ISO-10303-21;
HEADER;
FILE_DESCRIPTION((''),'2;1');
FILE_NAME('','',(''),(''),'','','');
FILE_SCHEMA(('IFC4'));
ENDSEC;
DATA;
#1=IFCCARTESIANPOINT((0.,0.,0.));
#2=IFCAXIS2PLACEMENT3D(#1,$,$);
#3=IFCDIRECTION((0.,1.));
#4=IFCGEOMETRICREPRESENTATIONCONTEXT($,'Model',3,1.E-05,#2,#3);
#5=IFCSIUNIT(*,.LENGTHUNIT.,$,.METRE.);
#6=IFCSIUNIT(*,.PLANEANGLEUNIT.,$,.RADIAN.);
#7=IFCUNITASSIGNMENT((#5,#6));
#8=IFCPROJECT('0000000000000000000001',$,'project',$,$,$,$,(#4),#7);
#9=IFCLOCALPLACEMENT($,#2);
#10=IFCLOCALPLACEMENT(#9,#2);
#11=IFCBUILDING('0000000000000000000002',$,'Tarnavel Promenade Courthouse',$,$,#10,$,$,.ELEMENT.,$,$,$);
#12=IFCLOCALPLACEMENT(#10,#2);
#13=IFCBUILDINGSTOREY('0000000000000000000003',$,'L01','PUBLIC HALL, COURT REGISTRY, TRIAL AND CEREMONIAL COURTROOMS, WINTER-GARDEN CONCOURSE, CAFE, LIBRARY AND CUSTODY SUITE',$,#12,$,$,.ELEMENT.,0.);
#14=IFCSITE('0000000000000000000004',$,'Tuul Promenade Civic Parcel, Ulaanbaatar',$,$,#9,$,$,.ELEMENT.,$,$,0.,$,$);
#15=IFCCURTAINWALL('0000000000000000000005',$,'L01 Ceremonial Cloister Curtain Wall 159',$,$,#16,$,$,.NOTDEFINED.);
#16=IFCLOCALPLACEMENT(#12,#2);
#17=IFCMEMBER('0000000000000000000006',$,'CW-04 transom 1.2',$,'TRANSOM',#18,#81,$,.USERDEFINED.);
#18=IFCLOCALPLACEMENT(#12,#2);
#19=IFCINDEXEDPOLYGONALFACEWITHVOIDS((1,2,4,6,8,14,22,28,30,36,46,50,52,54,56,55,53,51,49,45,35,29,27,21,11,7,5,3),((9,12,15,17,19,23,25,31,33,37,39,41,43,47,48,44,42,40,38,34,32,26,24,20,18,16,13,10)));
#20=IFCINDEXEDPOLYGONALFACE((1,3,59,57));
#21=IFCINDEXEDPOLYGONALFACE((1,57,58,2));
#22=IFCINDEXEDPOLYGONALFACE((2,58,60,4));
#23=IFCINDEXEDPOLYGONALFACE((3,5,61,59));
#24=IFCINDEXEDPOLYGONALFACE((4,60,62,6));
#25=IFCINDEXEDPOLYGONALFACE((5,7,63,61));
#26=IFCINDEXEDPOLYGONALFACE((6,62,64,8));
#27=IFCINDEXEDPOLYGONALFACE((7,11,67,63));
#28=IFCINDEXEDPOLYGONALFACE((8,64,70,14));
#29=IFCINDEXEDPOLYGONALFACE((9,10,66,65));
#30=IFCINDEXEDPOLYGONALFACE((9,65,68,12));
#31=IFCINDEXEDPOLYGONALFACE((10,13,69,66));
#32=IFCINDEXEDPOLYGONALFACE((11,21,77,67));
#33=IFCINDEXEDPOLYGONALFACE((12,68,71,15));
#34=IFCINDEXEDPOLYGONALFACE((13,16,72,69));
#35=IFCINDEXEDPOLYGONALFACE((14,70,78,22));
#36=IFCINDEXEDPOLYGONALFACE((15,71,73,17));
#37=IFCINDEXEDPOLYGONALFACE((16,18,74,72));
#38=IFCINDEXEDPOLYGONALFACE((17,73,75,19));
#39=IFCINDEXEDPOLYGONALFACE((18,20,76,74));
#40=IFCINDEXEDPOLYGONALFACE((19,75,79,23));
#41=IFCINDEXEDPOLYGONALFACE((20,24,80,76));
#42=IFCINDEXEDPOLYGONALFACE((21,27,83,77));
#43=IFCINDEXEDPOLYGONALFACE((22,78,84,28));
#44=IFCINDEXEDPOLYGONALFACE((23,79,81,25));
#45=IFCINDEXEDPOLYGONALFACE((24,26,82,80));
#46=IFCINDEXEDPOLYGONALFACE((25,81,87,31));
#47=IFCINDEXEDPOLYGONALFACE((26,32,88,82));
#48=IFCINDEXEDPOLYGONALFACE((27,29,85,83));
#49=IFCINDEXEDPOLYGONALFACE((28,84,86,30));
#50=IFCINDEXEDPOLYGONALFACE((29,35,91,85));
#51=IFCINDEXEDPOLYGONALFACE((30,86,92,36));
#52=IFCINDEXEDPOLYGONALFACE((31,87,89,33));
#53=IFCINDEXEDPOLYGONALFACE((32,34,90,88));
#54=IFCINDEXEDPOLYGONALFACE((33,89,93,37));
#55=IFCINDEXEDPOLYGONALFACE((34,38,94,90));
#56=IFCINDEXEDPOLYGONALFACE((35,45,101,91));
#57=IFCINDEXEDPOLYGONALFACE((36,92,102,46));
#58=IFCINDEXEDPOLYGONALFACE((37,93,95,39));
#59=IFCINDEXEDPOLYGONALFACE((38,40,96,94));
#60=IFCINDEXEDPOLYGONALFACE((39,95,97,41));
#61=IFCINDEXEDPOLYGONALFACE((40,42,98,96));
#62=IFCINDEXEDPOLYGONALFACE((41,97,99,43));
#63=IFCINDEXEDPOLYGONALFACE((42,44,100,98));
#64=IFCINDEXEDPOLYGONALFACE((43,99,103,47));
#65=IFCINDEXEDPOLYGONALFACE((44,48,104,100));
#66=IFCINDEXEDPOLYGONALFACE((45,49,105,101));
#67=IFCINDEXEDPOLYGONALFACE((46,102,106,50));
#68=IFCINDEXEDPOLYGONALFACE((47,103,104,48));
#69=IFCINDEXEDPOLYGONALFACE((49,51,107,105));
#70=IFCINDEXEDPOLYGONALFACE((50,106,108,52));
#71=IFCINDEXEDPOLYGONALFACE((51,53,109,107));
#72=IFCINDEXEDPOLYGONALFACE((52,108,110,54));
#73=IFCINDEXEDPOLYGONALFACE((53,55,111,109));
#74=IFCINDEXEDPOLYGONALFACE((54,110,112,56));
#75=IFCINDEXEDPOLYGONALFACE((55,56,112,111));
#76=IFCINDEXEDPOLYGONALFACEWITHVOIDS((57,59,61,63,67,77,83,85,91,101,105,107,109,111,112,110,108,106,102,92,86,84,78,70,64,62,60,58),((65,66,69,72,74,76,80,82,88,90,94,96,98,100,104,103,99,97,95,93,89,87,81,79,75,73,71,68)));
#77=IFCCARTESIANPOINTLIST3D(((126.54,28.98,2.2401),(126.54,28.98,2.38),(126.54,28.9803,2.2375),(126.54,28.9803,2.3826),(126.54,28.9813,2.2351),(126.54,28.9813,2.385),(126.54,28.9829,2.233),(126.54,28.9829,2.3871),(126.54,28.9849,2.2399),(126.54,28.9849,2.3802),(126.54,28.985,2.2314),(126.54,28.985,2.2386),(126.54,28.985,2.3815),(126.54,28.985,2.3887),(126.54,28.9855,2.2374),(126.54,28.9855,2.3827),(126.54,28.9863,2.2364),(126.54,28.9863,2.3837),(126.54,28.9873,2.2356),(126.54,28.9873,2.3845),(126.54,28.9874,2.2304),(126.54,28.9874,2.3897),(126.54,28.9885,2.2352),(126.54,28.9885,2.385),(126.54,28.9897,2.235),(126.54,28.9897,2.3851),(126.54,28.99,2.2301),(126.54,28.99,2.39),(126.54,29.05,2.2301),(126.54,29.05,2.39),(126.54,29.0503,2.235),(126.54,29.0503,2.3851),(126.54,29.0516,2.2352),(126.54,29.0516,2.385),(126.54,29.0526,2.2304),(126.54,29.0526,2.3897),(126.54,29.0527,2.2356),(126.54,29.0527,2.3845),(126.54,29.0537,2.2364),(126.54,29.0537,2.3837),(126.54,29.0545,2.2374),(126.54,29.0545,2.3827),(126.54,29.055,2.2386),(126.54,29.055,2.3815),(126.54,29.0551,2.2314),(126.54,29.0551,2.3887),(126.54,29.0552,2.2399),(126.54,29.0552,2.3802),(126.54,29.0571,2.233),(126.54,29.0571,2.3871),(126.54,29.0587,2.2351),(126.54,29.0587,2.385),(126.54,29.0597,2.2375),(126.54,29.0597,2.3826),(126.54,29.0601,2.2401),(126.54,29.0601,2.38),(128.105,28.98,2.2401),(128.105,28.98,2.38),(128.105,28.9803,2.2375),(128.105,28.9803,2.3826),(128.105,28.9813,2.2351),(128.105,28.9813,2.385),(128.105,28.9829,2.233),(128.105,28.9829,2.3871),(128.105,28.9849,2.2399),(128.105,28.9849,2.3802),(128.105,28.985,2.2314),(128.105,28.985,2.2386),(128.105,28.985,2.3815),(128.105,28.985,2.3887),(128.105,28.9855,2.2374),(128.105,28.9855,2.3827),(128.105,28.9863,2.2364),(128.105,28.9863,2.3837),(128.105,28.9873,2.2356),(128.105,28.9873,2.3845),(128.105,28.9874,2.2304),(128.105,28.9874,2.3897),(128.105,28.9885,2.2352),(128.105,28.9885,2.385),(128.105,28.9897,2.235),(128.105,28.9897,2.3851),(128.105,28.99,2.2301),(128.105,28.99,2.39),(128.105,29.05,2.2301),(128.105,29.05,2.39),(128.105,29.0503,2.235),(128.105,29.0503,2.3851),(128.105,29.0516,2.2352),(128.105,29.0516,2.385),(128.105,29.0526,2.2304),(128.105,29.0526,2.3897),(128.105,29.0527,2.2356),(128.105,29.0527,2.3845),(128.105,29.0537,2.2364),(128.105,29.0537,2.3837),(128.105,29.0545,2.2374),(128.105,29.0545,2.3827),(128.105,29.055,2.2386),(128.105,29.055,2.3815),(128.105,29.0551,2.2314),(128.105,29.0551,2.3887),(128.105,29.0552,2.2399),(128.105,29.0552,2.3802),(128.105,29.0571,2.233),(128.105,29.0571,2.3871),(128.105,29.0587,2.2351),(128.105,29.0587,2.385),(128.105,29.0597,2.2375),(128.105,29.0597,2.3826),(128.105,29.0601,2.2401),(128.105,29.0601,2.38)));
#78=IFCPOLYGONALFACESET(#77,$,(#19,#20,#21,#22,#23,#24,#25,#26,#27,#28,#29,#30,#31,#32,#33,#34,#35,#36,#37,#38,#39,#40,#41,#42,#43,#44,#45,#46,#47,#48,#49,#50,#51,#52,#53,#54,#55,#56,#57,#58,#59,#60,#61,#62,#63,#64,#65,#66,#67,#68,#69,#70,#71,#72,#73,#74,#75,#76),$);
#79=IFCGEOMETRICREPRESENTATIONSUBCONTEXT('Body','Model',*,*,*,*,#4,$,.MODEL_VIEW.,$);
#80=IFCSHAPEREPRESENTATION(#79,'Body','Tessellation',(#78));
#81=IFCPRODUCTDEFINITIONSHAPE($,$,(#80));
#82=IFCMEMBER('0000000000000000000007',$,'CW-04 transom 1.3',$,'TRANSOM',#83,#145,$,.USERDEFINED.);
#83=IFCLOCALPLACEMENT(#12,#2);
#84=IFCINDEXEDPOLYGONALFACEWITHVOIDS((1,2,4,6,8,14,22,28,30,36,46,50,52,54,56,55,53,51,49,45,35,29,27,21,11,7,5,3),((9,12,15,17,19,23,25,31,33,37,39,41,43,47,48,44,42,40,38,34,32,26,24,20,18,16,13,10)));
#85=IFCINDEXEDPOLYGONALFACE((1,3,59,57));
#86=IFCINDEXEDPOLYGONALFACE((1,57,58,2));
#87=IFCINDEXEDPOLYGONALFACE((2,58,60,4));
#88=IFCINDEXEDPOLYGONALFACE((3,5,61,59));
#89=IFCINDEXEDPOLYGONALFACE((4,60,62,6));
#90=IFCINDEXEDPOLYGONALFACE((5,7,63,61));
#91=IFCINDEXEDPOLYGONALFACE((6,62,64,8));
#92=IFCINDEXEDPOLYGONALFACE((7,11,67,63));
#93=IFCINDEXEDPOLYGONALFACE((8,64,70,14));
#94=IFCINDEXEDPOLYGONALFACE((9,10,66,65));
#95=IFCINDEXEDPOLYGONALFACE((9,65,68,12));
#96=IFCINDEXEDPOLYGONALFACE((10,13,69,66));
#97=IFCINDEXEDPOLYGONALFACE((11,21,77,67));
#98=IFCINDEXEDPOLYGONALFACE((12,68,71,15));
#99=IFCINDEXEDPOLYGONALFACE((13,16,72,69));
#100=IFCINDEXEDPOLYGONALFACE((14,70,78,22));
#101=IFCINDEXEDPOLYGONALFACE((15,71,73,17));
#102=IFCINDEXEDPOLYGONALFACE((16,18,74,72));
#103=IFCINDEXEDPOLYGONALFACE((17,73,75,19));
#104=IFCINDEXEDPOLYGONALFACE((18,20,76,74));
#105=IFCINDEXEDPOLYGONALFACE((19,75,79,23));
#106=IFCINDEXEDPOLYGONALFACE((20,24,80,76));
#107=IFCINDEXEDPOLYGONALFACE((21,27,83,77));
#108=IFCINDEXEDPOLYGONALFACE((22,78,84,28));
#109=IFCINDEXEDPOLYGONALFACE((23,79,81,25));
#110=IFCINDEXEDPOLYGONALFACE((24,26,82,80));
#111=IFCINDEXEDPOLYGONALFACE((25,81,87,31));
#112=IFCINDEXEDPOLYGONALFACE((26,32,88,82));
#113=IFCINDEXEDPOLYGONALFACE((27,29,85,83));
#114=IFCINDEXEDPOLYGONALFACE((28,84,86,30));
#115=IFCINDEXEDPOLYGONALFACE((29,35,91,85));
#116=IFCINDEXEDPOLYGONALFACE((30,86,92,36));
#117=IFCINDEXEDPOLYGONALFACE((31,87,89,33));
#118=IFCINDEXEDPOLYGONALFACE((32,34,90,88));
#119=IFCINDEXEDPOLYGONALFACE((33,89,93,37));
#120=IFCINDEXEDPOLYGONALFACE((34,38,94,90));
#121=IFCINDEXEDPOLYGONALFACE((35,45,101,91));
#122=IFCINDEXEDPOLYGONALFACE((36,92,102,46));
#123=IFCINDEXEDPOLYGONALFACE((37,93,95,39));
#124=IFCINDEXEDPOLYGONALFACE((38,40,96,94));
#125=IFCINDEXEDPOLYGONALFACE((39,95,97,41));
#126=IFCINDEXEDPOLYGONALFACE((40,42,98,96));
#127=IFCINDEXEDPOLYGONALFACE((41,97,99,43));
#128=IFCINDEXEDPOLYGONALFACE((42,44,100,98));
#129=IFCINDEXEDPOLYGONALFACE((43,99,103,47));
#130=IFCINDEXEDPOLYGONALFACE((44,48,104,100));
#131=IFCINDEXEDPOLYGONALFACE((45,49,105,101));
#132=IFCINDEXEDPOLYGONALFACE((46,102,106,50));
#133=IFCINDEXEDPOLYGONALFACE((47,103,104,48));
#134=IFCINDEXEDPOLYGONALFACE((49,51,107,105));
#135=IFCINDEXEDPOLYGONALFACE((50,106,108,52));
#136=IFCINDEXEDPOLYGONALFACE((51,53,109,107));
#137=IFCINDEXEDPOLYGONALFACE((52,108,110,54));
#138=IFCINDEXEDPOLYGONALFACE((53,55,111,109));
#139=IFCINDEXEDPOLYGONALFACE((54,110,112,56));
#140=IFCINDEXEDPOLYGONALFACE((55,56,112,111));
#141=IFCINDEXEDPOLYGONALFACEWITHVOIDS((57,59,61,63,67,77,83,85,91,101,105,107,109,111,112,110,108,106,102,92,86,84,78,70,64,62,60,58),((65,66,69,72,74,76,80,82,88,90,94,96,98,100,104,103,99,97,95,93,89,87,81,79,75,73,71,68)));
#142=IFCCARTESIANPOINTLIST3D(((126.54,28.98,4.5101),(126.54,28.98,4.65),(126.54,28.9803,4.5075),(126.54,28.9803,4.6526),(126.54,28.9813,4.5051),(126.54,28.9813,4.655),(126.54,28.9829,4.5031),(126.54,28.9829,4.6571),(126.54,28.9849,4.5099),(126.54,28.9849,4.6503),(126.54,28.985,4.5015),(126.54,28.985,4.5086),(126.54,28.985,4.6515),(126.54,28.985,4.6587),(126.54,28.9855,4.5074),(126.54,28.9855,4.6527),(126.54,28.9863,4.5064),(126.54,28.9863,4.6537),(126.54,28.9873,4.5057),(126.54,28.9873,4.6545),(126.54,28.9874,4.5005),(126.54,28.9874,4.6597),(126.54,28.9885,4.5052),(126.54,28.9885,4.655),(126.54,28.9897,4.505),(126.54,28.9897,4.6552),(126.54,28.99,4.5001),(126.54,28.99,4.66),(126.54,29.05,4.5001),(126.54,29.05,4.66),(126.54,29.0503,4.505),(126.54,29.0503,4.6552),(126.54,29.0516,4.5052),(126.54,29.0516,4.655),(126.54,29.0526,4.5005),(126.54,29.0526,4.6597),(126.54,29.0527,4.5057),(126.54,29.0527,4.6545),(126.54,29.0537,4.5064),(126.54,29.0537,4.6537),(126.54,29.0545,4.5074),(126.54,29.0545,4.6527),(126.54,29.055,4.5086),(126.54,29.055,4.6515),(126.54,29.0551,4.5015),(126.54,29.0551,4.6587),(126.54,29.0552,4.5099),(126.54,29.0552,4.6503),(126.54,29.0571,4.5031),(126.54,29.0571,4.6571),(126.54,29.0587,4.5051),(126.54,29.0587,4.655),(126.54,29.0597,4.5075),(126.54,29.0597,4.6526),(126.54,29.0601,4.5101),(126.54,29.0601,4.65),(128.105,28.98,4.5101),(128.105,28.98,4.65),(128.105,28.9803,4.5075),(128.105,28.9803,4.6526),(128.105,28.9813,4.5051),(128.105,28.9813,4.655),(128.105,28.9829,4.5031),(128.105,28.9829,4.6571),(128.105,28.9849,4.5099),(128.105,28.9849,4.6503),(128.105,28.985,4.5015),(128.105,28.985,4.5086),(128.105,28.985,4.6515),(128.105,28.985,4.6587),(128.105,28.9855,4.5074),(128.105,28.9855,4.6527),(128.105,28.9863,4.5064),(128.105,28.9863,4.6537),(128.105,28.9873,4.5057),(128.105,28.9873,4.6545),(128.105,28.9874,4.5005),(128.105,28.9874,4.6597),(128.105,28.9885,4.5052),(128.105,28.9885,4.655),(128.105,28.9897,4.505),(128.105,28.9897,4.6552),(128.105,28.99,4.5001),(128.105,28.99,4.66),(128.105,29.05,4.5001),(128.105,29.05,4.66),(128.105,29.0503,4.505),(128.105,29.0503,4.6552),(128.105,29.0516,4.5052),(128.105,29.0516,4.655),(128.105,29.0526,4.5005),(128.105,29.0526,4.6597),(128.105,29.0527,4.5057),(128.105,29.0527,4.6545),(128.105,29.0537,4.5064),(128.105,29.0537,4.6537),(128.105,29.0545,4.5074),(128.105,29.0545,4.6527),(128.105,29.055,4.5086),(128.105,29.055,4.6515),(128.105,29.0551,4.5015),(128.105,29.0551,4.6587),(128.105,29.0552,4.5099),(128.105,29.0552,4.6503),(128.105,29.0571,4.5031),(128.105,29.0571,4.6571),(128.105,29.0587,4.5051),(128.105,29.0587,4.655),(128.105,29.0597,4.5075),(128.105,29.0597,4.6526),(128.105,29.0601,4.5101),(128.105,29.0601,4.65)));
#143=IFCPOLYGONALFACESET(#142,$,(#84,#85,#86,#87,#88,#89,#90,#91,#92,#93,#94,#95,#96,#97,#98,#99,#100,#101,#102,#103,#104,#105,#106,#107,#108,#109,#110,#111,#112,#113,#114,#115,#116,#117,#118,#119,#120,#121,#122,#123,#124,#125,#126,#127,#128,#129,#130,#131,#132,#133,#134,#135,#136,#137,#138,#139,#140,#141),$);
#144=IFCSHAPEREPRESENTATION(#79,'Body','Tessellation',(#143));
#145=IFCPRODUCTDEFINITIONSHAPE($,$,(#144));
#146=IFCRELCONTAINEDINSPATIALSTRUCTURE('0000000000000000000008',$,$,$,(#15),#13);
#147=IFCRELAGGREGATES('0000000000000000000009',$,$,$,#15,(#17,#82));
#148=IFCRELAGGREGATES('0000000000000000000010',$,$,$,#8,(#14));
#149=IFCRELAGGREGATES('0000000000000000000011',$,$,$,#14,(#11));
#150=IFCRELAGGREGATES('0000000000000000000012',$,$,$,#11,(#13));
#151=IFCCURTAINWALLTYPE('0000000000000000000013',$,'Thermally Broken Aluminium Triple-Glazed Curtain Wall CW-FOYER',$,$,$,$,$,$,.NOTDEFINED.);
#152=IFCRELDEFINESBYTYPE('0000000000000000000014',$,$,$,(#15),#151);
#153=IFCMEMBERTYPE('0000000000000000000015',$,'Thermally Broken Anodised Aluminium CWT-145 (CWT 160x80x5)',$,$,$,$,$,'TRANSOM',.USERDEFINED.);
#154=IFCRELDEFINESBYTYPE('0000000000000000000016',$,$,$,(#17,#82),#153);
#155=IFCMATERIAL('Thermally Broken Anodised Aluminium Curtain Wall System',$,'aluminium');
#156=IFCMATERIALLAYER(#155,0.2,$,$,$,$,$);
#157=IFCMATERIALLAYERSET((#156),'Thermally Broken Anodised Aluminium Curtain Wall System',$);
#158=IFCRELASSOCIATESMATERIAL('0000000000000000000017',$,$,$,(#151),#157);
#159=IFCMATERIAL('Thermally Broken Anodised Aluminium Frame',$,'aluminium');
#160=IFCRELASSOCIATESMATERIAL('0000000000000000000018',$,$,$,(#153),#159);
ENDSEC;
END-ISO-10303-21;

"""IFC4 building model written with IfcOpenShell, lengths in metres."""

from ifc_helpers import new_model, si_unit, direction, frame, origin, origin_2d, place, context, subcontext, project, spatial, hollow_rectangle, extrude, material, layer, layer_set, material_profile, profile_set, type_object, element, aggregate, save


model = new_model("IFC4")

# Units and contexts
model_context = context("Model", 3, precision=1e-05, world=origin(), true_north=direction((0.0, 1.0)))
body_context = subcontext(model_context, "Body", "Model", "MODEL_VIEW")
ifc_project = project(units=[si_unit("LENGTHUNIT", "METRE"), si_unit("PLANEANGLEUNIT", "RADIAN")], contexts=[model_context])

# Site, building, storey
site_placement = place(None, origin())
site = spatial("IfcSite", under=ifc_project, at=site_placement, Name="Tuul Promenade Civic Parcel, Ulaanbaatar", CompositionType="ELEMENT", RefElevation=0.0)
building_placement = place(site_placement, origin())
building = spatial("IfcBuilding", under=site, at=building_placement, Name="Tarnavel Promenade Courthouse", CompositionType="ELEMENT")
storey_placement = place(building_placement, origin())
storey = spatial("IfcBuildingStorey", under=building, at=storey_placement, Name="L01", Description="PUBLIC HALL, COURT REGISTRY, TRIAL AND CEREMONIAL COURTROOMS, WINTER-GARDEN CONCOURSE, CAFE, LIBRARY AND CUSTODY SUITE", CompositionType="ELEMENT", Elevation=0.0)

# Shared definitions
ifc_material_1 = material(Name="Thermally Broken Anodised Aluminium Curtain Wall System", Category="aluminium")
ifc_layer_1 = layer(ifc_material_1, 0.2)
ifc_layer_set_1 = layer_set([ifc_layer_1], Name="Thermally Broken Anodised Aluminium Curtain Wall System")
curtain_wall_type = type_object("IfcCurtainWallType", Name="Thermally Broken Aluminium Triple-Glazed Curtain Wall CW-FOYER", PredefinedType="NOTDEFINED", material=ifc_layer_set_1)
ifc_material_2 = material(Name="Thermally Broken Anodised Aluminium Frame", Category="aluminium")

# Curtain wall
curtain_wall_1_placement = place(storey_placement, origin())
curtain_wall_1 = element("IfcCurtainWall", 1, at=curtain_wall_1_placement, inside=storey, type_object=curtain_wall_type, Name="L01 Ceremonial Cloister Curtain Wall 159", PredefinedType="NOTDEFINED")

# Members
ifc_material_profile_1 = material_profile(ifc_material_2, hollow_rectangle(XDim=0.0801, YDim=0.1599, WallThickness=0.0049, InnerFilletRadius=0.0049, OuterFilletRadius=0.01, at=origin_2d()), Name="CWT 160x80x5")
ifc_profile_set_1 = profile_set([ifc_material_profile_1], Name="Thermally Broken Anodised Aluminium Frame")
member_type_1 = type_object("IfcMemberType", Name="Thermally Broken Anodised Aluminium CWT-145 (CWT 160x80x5)", ElementType="TRANSOM", PredefinedType="USERDEFINED", material=ifc_profile_set_1)
member_1_placement = place(storey_placement, frame((126.54, 29.02, 2.3101), z_axis=(1.0, 0.0, 0.0), x_axis=(0.0, 1.0, 0.0)))
member_1 = element("IfcMember", 2, at=member_1_placement, type_object=member_type_1, Name="CW-04 transom 1.2", ObjectType="TRANSOM", PredefinedType="USERDEFINED", context=body_context, shape_type="SweptSolid", body=[
    extrude(hollow_rectangle(XDim=0.0801, YDim=0.1599, WallThickness=0.0049, InnerFilletRadius=0.0049, OuterFilletRadius=0.01, at=origin_2d()), origin(), (0.0, 0.0, 1.0), 1.5649),
])
member_2_placement = place(storey_placement, frame((126.54, 29.02, 4.5801), z_axis=(1.0, 0.0, 0.0), x_axis=(0.0, 1.0, 0.0)))
member_2 = element("IfcMember", 3, at=member_2_placement, type_object=member_type_1, Name="CW-04 transom 1.3", ObjectType="TRANSOM", PredefinedType="USERDEFINED", context=body_context, shape_type="SweptSolid", body=[
    extrude(hollow_rectangle(XDim=0.0801, YDim=0.1599, WallThickness=0.0049, InnerFilletRadius=0.0049, OuterFilletRadius=0.01, at=origin_2d()), origin(), (0.0, 0.0, 1.0), 1.5649),
])

aggregate(curtain_wall_1, [member_1, member_2])

save(model, "model.ifc")
